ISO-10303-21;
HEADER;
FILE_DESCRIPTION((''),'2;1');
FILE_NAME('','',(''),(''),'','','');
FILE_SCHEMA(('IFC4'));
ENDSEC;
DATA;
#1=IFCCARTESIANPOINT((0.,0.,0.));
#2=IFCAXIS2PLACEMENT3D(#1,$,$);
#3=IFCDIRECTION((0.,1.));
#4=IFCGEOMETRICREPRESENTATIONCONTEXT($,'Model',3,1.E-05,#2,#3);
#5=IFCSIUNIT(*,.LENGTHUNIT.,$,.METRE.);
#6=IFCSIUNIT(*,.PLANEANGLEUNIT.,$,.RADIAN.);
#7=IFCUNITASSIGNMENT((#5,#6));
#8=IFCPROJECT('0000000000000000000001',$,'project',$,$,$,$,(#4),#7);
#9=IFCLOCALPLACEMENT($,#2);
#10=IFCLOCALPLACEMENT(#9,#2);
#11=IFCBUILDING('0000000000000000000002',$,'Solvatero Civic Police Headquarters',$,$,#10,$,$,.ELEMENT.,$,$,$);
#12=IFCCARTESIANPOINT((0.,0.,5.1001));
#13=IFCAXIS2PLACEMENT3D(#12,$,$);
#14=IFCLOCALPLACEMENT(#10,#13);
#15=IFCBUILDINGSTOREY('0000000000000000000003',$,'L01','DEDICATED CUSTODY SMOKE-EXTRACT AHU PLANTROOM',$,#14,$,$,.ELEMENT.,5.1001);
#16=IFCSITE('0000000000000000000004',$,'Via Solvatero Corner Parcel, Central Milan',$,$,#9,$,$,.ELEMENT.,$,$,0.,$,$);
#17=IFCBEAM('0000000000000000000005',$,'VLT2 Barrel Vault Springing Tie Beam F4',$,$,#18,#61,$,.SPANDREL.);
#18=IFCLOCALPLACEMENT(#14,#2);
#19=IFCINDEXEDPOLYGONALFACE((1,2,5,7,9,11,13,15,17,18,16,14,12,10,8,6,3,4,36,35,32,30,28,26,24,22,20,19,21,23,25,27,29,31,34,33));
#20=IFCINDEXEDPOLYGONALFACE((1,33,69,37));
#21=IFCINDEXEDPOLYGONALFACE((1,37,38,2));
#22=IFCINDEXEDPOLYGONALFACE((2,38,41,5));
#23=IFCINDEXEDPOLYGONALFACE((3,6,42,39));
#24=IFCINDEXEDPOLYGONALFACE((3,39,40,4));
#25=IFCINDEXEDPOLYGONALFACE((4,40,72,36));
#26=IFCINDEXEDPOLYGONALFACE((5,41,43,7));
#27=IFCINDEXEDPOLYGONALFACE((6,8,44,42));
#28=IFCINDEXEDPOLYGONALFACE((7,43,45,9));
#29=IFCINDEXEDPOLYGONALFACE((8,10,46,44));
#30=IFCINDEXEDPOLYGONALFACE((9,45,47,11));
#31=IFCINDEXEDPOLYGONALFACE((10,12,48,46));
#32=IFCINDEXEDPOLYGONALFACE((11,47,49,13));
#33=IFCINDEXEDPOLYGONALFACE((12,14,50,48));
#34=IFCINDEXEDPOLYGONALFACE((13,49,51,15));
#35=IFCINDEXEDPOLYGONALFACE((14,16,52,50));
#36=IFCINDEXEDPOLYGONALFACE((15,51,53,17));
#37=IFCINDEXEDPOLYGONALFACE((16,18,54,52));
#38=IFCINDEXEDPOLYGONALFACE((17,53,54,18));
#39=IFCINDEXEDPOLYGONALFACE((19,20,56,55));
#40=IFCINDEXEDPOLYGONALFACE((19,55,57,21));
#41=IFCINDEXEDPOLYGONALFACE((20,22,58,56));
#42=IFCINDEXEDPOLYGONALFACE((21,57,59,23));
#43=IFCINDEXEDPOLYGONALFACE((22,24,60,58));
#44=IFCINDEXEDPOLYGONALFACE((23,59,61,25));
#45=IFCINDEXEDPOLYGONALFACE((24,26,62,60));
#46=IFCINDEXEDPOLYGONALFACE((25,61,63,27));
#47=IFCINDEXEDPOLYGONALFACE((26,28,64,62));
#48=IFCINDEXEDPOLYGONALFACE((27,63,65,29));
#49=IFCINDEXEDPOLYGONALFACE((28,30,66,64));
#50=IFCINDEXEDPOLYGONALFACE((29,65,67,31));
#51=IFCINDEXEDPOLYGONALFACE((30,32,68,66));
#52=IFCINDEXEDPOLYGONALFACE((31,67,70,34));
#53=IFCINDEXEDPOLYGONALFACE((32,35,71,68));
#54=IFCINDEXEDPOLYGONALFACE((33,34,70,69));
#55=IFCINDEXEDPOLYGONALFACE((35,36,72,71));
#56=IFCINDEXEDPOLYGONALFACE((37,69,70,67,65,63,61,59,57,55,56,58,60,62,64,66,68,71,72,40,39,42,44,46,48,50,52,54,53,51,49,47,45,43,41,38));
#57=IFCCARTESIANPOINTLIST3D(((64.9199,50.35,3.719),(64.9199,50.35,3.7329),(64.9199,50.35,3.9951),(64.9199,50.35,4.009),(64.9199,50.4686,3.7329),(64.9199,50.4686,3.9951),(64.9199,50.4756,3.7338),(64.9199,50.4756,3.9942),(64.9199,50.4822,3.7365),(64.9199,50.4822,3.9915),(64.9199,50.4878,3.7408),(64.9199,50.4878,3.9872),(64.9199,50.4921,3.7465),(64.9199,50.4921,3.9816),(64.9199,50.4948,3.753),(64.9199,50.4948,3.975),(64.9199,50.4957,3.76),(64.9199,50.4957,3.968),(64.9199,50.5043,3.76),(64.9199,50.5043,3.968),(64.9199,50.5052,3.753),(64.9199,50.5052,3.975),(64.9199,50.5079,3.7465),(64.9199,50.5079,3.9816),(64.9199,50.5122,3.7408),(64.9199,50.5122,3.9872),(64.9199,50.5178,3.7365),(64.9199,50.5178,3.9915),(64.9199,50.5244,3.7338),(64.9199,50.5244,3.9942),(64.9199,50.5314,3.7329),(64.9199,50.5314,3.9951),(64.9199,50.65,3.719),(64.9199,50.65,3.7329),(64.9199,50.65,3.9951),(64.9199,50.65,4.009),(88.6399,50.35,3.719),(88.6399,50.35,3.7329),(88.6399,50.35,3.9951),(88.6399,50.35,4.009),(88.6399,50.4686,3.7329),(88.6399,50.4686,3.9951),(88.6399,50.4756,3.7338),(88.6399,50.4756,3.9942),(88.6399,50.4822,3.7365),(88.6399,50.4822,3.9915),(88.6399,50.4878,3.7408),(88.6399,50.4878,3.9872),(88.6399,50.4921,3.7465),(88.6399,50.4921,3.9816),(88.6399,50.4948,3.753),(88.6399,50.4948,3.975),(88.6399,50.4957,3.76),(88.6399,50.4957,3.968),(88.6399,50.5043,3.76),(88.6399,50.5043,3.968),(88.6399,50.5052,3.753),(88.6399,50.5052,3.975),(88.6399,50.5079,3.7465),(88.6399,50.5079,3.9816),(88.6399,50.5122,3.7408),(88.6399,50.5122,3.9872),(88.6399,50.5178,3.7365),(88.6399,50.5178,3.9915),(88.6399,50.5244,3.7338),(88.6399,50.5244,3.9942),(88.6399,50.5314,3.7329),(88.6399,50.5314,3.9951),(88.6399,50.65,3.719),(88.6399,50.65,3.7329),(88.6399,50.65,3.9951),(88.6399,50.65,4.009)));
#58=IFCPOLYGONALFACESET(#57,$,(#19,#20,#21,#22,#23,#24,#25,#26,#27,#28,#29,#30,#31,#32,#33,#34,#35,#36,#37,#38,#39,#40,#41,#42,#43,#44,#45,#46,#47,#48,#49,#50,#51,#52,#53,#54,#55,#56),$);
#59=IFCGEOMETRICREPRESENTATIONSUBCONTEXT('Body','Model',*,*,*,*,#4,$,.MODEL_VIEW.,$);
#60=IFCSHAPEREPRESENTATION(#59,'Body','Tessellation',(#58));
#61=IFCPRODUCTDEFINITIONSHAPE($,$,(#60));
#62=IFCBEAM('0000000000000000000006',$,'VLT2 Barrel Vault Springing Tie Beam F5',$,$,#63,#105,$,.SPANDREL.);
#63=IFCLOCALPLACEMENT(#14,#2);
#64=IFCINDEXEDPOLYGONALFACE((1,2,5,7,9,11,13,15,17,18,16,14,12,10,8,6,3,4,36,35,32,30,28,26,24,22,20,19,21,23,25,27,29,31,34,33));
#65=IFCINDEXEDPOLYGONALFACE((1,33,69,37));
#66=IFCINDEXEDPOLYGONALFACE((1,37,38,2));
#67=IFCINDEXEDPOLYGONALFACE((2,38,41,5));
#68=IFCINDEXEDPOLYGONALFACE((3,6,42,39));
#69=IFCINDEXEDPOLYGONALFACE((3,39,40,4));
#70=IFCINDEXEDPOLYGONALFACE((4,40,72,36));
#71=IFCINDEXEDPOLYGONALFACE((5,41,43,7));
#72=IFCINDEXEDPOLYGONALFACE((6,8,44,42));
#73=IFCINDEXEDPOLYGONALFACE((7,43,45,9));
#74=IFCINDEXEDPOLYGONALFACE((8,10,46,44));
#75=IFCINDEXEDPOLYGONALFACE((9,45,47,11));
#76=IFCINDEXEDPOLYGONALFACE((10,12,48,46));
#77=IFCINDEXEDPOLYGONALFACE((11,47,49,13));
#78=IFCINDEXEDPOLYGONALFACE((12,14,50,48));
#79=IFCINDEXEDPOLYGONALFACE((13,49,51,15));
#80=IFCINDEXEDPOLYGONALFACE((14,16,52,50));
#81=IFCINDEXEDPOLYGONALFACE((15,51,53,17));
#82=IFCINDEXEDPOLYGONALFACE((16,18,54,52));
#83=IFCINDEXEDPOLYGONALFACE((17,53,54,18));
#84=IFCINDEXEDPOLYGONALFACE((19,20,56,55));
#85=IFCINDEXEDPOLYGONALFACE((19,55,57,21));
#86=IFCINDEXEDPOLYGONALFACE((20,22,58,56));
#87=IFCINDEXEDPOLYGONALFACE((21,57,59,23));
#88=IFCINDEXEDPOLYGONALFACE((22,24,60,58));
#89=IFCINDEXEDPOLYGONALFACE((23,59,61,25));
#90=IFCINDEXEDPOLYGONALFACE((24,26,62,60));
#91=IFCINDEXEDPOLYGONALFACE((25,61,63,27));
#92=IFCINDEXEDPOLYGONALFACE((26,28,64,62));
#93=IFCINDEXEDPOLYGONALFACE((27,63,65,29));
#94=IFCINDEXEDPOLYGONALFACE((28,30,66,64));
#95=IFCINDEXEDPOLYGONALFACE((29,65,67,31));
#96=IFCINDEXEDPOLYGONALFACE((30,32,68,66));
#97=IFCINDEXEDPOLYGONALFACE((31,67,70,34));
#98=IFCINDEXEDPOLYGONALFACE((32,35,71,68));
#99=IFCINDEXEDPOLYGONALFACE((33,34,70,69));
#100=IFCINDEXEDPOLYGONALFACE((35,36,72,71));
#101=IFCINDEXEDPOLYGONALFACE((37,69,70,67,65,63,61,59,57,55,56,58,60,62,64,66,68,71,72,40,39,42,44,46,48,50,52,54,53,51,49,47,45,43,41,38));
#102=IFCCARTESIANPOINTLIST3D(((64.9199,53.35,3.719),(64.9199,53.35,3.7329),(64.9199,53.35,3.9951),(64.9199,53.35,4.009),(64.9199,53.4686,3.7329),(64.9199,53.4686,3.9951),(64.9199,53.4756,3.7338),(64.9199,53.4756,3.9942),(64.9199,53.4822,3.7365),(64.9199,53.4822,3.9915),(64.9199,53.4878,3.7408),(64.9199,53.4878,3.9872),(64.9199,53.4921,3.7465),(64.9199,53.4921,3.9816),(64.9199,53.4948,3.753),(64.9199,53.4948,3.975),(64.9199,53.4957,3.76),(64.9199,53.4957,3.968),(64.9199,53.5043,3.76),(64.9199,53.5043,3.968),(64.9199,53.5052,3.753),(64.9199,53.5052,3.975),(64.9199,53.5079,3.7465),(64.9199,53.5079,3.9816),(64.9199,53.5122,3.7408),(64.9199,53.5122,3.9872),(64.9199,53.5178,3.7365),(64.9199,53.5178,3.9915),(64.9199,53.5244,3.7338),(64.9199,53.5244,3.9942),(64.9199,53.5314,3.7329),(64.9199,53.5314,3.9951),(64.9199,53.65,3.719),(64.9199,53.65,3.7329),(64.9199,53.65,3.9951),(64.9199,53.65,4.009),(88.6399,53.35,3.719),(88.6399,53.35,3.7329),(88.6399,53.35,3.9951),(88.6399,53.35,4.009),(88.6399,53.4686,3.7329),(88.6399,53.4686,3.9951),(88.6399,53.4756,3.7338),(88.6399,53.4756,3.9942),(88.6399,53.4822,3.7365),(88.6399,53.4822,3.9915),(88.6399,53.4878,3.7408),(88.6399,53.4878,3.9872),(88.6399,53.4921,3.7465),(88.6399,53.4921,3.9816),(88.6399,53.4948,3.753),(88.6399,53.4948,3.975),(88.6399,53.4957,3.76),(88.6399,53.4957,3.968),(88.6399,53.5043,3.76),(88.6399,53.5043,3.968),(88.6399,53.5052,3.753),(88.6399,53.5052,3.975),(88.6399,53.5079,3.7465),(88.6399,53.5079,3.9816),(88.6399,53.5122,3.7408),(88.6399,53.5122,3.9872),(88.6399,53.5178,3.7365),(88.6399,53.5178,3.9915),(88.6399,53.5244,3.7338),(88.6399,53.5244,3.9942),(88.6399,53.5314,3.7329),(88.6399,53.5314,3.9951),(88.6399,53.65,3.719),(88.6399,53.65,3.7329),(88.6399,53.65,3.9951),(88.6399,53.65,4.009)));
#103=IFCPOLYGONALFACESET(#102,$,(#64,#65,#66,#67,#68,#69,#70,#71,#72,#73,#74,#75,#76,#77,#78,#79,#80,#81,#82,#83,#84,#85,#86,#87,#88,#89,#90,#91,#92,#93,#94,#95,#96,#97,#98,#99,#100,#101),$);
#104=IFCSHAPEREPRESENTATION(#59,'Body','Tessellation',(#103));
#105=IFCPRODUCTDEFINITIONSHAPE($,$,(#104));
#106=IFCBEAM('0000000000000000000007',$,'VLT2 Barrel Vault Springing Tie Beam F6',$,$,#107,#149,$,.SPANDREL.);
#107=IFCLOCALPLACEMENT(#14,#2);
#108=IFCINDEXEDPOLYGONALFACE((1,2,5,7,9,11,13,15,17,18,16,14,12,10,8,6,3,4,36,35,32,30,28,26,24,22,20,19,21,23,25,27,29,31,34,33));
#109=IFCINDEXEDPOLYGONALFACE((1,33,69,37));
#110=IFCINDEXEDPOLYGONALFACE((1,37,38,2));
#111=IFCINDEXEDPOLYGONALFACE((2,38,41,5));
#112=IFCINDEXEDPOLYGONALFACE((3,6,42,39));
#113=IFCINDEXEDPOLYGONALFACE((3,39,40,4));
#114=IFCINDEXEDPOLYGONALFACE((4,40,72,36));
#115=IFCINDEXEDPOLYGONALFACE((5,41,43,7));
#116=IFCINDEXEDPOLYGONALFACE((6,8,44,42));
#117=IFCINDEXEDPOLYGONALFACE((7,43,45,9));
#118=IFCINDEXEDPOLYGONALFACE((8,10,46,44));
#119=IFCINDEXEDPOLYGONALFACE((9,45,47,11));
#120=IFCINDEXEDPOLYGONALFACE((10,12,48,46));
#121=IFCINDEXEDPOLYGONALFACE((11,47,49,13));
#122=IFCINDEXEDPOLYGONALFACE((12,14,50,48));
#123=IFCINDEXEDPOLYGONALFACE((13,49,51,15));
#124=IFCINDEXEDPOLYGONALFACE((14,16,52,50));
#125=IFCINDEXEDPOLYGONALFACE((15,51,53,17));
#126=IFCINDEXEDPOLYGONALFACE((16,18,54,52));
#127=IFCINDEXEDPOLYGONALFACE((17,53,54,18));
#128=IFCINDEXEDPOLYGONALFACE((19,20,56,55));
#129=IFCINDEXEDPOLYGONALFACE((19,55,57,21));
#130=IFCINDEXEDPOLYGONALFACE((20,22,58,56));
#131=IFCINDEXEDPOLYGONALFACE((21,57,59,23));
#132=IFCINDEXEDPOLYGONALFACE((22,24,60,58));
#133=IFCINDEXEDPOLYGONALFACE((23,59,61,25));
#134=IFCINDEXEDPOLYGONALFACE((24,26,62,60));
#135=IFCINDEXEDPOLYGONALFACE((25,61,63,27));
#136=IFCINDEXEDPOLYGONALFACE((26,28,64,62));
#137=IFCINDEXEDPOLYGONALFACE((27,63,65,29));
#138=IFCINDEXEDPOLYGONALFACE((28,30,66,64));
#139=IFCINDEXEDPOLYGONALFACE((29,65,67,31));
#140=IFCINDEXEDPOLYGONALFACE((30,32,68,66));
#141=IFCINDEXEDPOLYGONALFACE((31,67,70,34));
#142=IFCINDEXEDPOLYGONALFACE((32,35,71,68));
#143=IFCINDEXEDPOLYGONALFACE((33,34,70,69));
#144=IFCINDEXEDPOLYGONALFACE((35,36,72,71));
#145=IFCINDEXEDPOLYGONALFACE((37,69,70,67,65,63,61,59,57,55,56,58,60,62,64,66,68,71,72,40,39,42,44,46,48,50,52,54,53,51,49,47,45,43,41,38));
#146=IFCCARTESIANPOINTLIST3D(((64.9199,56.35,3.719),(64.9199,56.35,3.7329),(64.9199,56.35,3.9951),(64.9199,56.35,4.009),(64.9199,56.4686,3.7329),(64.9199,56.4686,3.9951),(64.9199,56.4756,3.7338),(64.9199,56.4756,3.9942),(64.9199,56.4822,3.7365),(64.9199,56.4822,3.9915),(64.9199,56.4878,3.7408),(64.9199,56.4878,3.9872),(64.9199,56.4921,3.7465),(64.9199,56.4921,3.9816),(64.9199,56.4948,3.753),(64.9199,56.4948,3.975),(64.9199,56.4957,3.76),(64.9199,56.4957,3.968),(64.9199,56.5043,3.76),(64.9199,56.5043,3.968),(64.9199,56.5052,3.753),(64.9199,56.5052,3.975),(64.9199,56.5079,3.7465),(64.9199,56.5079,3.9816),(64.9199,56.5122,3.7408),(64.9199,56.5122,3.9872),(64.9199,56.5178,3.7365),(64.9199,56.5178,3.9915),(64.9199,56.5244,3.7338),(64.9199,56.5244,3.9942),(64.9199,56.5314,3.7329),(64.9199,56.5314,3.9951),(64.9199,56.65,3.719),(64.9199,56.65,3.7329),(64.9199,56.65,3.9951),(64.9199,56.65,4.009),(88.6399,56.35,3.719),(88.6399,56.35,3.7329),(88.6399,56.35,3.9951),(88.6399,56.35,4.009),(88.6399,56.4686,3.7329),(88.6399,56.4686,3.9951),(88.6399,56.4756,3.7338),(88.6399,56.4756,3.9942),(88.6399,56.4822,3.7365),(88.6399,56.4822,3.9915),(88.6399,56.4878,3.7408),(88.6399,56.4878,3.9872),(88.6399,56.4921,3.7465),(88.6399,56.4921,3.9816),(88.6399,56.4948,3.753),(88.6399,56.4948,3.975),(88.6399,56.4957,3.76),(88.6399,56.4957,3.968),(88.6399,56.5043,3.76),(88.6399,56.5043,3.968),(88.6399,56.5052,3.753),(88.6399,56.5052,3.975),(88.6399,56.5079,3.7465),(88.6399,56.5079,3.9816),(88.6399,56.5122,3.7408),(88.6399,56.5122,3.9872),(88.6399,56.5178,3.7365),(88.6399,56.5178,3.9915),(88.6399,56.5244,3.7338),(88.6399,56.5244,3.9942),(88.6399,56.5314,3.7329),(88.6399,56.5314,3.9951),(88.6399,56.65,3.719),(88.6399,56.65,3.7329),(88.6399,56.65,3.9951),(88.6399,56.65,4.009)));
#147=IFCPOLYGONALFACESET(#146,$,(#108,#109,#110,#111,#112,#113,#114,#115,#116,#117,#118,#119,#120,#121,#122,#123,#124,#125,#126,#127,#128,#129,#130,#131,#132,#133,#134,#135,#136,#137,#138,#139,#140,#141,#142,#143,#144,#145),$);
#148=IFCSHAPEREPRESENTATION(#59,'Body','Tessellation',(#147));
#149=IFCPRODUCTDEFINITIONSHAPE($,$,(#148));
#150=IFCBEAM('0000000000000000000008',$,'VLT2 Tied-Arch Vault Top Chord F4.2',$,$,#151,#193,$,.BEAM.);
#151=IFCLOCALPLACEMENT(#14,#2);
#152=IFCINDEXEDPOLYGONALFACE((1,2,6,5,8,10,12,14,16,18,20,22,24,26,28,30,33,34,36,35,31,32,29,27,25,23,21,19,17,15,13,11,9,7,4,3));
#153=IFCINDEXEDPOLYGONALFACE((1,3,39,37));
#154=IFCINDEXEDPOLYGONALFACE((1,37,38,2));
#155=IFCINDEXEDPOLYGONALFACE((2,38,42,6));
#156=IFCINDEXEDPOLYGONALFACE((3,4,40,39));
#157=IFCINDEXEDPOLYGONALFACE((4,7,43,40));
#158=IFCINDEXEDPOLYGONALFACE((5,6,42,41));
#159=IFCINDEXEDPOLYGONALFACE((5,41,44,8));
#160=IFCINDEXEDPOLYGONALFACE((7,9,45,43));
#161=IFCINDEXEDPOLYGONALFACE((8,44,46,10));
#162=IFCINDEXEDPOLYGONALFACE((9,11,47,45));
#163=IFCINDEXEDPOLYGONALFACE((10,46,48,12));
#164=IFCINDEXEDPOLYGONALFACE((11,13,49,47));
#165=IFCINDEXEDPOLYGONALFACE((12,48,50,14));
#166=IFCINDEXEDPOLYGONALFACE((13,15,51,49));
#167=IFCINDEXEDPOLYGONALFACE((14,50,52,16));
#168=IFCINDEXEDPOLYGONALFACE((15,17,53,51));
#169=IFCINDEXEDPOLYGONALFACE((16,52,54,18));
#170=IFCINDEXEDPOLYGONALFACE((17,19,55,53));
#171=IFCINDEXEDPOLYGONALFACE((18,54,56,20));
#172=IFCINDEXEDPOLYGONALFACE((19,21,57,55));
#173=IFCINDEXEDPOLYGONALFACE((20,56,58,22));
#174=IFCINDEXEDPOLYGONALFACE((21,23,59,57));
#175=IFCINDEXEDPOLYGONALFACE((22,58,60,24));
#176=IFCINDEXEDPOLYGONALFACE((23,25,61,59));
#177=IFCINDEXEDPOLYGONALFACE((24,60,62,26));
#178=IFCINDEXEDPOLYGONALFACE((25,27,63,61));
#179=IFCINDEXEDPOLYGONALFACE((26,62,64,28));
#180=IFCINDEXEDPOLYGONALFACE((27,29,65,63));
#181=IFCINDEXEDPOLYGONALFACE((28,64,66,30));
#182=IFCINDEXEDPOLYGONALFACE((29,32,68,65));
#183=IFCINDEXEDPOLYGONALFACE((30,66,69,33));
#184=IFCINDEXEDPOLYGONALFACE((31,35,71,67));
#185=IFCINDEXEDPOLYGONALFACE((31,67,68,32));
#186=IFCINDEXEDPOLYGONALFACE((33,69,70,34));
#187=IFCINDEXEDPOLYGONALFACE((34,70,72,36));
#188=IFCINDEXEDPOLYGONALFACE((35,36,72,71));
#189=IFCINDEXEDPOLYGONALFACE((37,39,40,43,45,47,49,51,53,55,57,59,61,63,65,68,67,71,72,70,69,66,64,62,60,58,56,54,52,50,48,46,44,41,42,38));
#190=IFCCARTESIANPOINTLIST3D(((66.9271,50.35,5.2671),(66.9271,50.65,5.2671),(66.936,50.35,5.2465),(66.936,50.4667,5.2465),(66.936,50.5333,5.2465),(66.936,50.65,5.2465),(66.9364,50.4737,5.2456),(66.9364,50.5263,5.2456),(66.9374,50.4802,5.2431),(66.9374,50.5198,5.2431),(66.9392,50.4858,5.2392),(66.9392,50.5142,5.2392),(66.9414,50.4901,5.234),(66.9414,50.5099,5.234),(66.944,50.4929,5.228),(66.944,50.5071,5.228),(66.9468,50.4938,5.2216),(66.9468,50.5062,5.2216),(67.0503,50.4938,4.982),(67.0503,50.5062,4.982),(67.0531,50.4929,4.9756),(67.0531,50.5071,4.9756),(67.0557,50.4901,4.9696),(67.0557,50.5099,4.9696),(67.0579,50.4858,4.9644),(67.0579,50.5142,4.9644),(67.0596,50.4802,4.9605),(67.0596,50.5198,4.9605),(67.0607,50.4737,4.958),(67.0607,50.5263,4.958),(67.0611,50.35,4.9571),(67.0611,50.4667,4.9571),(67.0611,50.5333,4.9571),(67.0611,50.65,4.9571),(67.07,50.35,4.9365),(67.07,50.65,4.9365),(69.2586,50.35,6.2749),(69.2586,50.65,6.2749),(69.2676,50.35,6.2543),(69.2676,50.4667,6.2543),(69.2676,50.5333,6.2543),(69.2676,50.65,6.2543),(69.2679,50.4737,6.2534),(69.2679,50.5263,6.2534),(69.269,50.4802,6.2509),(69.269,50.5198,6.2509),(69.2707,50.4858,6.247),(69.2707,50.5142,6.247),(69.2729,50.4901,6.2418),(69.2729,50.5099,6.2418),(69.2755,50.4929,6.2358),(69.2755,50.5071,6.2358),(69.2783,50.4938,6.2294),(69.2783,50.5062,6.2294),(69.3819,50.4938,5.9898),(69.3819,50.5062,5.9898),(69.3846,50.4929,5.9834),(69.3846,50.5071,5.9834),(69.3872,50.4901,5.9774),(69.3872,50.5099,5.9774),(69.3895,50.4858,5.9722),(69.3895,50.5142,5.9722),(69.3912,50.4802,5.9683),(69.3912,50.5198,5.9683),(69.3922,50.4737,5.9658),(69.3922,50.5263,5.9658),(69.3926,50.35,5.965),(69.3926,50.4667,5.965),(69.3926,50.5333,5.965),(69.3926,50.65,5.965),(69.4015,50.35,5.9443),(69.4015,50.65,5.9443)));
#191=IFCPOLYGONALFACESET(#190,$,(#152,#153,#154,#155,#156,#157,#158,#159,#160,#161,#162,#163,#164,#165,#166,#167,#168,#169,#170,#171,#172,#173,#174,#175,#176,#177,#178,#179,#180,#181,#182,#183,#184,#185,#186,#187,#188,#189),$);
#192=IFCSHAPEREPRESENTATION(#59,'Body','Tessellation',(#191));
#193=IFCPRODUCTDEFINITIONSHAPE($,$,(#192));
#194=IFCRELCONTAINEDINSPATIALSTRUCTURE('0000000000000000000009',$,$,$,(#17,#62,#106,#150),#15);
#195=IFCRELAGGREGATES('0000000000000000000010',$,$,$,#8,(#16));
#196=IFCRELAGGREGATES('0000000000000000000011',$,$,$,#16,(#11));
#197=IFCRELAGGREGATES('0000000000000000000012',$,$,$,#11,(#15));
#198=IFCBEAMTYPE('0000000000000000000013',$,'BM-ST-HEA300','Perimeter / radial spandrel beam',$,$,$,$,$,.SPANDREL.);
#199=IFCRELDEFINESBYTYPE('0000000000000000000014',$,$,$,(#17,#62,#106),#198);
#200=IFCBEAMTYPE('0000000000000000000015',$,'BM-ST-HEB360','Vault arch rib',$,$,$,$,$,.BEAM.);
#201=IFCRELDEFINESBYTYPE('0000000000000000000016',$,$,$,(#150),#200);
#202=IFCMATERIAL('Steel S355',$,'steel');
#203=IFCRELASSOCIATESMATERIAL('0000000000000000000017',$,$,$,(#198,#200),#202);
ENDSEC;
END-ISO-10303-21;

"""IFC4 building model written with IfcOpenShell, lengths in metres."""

from ifc_helpers import new_model, si_unit, direction, frame, origin, origin_2d, place, context, subcontext, project, spatial, i_section, extrude, material, material_profile, profile_set, type_object, element, save


model = new_model("IFC4")

# Units and contexts
model_context = context("Model", 3, precision=1e-05, world=origin(), true_north=direction((0.0, 1.0)))
body_context = subcontext(model_context, "Body", "Model", "MODEL_VIEW")
ifc_project = project(units=[si_unit("LENGTHUNIT", "METRE"), si_unit("PLANEANGLEUNIT", "RADIAN")], contexts=[model_context])

# Site, building, storey
site_placement = place(None, origin())
site = spatial("IfcSite", under=ifc_project, at=site_placement, Name="Via Solvatero Corner Parcel, Central Milan", CompositionType="ELEMENT", RefElevation=0.0)
building_placement = place(site_placement, origin())
building = spatial("IfcBuilding", under=site, at=building_placement, Name="Solvatero Civic Police Headquarters", CompositionType="ELEMENT")
storey_placement = place(building_placement, frame((0.0, 0.0, 5.1001)))
storey = spatial("IfcBuildingStorey", under=building, at=storey_placement, Name="L01", Description="DEDICATED CUSTODY SMOKE-EXTRACT AHU PLANTROOM", CompositionType="ELEMENT", Elevation=5.1001)

# Beams
ifc_material_1 = material(Name="Steel S355", Category="steel")
ifc_material_profile_1 = material_profile(ifc_material_1, i_section(OverallWidth=0.3, OverallDepth=0.29, WebThickness=0.0085, FlangeThickness=0.0139, FilletRadius=0.0271, at=origin_2d()), Name="HEA 300")
ifc_profile_set_1 = profile_set([ifc_material_profile_1], Name="Steel S355")
beam_type_1 = type_object("IfcBeamType", Name="BM-ST-HEA300", Description="Perimeter / radial spandrel beam", PredefinedType="SPANDREL", material=ifc_profile_set_1)
for number, where, z_axis, x_axis, name in (
    (1, (64.9199, 50.5, 3.864), (1.0, 0.0, 0.0), (0.0, 1.0, 0.0), "VLT2 Barrel Vault Springing Tie Beam F4"),
    (2, (64.9199, 53.5, 3.864), (1.0, 0.0, 0.0), (0.0, 1.0, 0.0), "VLT2 Barrel Vault Springing Tie Beam F5"),
    (3, (64.9199, 56.5, 3.864), (1.0, 0.0, 0.0), (0.0, 1.0, 0.0), "VLT2 Barrel Vault Springing Tie Beam F6"),
):
    element("IfcBeam", number, at=place(storey_placement, frame(where, z_axis=z_axis, x_axis=x_axis)), inside=storey, type_object=beam_type_1, Name=name, PredefinedType="SPANDREL", context=body_context, shape_type="SweptSolid", body=[
        extrude(i_section(OverallWidth=0.3, OverallDepth=0.29, WebThickness=0.0085, FlangeThickness=0.0139, FilletRadius=0.0271, at=origin_2d()), origin(), (0.0, 0.0, 1.0), 23.72),
    ])
ifc_material_profile_2 = material_profile(ifc_material_1, i_section(OverallWidth=0.3, OverallDepth=0.3601, WebThickness=0.0125, FlangeThickness=0.0225, FilletRadius=0.0271, at=origin_2d()), Name="HEB 360")
ifc_profile_set_2 = profile_set([ifc_material_profile_2], Name="Steel S355")
beam_type_2 = type_object("IfcBeamType", Name="BM-ST-HEB360", Description="Vault arch rib", PredefinedType="BEAM", material=ifc_profile_set_2)
for number, where, z_axis, x_axis, name in (
    (4, (66.9985, 50.5, 5.1018), (0.917918, 0.0, 0.396771), (0.0, 1.0, 0.0), "VLT2 Tied-Arch Vault Top Chord F4.2"),
):
    element("IfcBeam", number, at=place(storey_placement, frame(where, z_axis=z_axis, x_axis=x_axis)), inside=storey, type_object=beam_type_2, Name=name, PredefinedType="BEAM", context=body_context, shape_type="SweptSolid", body=[
        extrude(i_section(OverallWidth=0.3, OverallDepth=0.3601, WebThickness=0.0125, FlangeThickness=0.0225, FilletRadius=0.0271, at=origin_2d()), origin(), (0.0, 0.0, 1.0), 2.54),
    ])

save(model, "model.ifc")
